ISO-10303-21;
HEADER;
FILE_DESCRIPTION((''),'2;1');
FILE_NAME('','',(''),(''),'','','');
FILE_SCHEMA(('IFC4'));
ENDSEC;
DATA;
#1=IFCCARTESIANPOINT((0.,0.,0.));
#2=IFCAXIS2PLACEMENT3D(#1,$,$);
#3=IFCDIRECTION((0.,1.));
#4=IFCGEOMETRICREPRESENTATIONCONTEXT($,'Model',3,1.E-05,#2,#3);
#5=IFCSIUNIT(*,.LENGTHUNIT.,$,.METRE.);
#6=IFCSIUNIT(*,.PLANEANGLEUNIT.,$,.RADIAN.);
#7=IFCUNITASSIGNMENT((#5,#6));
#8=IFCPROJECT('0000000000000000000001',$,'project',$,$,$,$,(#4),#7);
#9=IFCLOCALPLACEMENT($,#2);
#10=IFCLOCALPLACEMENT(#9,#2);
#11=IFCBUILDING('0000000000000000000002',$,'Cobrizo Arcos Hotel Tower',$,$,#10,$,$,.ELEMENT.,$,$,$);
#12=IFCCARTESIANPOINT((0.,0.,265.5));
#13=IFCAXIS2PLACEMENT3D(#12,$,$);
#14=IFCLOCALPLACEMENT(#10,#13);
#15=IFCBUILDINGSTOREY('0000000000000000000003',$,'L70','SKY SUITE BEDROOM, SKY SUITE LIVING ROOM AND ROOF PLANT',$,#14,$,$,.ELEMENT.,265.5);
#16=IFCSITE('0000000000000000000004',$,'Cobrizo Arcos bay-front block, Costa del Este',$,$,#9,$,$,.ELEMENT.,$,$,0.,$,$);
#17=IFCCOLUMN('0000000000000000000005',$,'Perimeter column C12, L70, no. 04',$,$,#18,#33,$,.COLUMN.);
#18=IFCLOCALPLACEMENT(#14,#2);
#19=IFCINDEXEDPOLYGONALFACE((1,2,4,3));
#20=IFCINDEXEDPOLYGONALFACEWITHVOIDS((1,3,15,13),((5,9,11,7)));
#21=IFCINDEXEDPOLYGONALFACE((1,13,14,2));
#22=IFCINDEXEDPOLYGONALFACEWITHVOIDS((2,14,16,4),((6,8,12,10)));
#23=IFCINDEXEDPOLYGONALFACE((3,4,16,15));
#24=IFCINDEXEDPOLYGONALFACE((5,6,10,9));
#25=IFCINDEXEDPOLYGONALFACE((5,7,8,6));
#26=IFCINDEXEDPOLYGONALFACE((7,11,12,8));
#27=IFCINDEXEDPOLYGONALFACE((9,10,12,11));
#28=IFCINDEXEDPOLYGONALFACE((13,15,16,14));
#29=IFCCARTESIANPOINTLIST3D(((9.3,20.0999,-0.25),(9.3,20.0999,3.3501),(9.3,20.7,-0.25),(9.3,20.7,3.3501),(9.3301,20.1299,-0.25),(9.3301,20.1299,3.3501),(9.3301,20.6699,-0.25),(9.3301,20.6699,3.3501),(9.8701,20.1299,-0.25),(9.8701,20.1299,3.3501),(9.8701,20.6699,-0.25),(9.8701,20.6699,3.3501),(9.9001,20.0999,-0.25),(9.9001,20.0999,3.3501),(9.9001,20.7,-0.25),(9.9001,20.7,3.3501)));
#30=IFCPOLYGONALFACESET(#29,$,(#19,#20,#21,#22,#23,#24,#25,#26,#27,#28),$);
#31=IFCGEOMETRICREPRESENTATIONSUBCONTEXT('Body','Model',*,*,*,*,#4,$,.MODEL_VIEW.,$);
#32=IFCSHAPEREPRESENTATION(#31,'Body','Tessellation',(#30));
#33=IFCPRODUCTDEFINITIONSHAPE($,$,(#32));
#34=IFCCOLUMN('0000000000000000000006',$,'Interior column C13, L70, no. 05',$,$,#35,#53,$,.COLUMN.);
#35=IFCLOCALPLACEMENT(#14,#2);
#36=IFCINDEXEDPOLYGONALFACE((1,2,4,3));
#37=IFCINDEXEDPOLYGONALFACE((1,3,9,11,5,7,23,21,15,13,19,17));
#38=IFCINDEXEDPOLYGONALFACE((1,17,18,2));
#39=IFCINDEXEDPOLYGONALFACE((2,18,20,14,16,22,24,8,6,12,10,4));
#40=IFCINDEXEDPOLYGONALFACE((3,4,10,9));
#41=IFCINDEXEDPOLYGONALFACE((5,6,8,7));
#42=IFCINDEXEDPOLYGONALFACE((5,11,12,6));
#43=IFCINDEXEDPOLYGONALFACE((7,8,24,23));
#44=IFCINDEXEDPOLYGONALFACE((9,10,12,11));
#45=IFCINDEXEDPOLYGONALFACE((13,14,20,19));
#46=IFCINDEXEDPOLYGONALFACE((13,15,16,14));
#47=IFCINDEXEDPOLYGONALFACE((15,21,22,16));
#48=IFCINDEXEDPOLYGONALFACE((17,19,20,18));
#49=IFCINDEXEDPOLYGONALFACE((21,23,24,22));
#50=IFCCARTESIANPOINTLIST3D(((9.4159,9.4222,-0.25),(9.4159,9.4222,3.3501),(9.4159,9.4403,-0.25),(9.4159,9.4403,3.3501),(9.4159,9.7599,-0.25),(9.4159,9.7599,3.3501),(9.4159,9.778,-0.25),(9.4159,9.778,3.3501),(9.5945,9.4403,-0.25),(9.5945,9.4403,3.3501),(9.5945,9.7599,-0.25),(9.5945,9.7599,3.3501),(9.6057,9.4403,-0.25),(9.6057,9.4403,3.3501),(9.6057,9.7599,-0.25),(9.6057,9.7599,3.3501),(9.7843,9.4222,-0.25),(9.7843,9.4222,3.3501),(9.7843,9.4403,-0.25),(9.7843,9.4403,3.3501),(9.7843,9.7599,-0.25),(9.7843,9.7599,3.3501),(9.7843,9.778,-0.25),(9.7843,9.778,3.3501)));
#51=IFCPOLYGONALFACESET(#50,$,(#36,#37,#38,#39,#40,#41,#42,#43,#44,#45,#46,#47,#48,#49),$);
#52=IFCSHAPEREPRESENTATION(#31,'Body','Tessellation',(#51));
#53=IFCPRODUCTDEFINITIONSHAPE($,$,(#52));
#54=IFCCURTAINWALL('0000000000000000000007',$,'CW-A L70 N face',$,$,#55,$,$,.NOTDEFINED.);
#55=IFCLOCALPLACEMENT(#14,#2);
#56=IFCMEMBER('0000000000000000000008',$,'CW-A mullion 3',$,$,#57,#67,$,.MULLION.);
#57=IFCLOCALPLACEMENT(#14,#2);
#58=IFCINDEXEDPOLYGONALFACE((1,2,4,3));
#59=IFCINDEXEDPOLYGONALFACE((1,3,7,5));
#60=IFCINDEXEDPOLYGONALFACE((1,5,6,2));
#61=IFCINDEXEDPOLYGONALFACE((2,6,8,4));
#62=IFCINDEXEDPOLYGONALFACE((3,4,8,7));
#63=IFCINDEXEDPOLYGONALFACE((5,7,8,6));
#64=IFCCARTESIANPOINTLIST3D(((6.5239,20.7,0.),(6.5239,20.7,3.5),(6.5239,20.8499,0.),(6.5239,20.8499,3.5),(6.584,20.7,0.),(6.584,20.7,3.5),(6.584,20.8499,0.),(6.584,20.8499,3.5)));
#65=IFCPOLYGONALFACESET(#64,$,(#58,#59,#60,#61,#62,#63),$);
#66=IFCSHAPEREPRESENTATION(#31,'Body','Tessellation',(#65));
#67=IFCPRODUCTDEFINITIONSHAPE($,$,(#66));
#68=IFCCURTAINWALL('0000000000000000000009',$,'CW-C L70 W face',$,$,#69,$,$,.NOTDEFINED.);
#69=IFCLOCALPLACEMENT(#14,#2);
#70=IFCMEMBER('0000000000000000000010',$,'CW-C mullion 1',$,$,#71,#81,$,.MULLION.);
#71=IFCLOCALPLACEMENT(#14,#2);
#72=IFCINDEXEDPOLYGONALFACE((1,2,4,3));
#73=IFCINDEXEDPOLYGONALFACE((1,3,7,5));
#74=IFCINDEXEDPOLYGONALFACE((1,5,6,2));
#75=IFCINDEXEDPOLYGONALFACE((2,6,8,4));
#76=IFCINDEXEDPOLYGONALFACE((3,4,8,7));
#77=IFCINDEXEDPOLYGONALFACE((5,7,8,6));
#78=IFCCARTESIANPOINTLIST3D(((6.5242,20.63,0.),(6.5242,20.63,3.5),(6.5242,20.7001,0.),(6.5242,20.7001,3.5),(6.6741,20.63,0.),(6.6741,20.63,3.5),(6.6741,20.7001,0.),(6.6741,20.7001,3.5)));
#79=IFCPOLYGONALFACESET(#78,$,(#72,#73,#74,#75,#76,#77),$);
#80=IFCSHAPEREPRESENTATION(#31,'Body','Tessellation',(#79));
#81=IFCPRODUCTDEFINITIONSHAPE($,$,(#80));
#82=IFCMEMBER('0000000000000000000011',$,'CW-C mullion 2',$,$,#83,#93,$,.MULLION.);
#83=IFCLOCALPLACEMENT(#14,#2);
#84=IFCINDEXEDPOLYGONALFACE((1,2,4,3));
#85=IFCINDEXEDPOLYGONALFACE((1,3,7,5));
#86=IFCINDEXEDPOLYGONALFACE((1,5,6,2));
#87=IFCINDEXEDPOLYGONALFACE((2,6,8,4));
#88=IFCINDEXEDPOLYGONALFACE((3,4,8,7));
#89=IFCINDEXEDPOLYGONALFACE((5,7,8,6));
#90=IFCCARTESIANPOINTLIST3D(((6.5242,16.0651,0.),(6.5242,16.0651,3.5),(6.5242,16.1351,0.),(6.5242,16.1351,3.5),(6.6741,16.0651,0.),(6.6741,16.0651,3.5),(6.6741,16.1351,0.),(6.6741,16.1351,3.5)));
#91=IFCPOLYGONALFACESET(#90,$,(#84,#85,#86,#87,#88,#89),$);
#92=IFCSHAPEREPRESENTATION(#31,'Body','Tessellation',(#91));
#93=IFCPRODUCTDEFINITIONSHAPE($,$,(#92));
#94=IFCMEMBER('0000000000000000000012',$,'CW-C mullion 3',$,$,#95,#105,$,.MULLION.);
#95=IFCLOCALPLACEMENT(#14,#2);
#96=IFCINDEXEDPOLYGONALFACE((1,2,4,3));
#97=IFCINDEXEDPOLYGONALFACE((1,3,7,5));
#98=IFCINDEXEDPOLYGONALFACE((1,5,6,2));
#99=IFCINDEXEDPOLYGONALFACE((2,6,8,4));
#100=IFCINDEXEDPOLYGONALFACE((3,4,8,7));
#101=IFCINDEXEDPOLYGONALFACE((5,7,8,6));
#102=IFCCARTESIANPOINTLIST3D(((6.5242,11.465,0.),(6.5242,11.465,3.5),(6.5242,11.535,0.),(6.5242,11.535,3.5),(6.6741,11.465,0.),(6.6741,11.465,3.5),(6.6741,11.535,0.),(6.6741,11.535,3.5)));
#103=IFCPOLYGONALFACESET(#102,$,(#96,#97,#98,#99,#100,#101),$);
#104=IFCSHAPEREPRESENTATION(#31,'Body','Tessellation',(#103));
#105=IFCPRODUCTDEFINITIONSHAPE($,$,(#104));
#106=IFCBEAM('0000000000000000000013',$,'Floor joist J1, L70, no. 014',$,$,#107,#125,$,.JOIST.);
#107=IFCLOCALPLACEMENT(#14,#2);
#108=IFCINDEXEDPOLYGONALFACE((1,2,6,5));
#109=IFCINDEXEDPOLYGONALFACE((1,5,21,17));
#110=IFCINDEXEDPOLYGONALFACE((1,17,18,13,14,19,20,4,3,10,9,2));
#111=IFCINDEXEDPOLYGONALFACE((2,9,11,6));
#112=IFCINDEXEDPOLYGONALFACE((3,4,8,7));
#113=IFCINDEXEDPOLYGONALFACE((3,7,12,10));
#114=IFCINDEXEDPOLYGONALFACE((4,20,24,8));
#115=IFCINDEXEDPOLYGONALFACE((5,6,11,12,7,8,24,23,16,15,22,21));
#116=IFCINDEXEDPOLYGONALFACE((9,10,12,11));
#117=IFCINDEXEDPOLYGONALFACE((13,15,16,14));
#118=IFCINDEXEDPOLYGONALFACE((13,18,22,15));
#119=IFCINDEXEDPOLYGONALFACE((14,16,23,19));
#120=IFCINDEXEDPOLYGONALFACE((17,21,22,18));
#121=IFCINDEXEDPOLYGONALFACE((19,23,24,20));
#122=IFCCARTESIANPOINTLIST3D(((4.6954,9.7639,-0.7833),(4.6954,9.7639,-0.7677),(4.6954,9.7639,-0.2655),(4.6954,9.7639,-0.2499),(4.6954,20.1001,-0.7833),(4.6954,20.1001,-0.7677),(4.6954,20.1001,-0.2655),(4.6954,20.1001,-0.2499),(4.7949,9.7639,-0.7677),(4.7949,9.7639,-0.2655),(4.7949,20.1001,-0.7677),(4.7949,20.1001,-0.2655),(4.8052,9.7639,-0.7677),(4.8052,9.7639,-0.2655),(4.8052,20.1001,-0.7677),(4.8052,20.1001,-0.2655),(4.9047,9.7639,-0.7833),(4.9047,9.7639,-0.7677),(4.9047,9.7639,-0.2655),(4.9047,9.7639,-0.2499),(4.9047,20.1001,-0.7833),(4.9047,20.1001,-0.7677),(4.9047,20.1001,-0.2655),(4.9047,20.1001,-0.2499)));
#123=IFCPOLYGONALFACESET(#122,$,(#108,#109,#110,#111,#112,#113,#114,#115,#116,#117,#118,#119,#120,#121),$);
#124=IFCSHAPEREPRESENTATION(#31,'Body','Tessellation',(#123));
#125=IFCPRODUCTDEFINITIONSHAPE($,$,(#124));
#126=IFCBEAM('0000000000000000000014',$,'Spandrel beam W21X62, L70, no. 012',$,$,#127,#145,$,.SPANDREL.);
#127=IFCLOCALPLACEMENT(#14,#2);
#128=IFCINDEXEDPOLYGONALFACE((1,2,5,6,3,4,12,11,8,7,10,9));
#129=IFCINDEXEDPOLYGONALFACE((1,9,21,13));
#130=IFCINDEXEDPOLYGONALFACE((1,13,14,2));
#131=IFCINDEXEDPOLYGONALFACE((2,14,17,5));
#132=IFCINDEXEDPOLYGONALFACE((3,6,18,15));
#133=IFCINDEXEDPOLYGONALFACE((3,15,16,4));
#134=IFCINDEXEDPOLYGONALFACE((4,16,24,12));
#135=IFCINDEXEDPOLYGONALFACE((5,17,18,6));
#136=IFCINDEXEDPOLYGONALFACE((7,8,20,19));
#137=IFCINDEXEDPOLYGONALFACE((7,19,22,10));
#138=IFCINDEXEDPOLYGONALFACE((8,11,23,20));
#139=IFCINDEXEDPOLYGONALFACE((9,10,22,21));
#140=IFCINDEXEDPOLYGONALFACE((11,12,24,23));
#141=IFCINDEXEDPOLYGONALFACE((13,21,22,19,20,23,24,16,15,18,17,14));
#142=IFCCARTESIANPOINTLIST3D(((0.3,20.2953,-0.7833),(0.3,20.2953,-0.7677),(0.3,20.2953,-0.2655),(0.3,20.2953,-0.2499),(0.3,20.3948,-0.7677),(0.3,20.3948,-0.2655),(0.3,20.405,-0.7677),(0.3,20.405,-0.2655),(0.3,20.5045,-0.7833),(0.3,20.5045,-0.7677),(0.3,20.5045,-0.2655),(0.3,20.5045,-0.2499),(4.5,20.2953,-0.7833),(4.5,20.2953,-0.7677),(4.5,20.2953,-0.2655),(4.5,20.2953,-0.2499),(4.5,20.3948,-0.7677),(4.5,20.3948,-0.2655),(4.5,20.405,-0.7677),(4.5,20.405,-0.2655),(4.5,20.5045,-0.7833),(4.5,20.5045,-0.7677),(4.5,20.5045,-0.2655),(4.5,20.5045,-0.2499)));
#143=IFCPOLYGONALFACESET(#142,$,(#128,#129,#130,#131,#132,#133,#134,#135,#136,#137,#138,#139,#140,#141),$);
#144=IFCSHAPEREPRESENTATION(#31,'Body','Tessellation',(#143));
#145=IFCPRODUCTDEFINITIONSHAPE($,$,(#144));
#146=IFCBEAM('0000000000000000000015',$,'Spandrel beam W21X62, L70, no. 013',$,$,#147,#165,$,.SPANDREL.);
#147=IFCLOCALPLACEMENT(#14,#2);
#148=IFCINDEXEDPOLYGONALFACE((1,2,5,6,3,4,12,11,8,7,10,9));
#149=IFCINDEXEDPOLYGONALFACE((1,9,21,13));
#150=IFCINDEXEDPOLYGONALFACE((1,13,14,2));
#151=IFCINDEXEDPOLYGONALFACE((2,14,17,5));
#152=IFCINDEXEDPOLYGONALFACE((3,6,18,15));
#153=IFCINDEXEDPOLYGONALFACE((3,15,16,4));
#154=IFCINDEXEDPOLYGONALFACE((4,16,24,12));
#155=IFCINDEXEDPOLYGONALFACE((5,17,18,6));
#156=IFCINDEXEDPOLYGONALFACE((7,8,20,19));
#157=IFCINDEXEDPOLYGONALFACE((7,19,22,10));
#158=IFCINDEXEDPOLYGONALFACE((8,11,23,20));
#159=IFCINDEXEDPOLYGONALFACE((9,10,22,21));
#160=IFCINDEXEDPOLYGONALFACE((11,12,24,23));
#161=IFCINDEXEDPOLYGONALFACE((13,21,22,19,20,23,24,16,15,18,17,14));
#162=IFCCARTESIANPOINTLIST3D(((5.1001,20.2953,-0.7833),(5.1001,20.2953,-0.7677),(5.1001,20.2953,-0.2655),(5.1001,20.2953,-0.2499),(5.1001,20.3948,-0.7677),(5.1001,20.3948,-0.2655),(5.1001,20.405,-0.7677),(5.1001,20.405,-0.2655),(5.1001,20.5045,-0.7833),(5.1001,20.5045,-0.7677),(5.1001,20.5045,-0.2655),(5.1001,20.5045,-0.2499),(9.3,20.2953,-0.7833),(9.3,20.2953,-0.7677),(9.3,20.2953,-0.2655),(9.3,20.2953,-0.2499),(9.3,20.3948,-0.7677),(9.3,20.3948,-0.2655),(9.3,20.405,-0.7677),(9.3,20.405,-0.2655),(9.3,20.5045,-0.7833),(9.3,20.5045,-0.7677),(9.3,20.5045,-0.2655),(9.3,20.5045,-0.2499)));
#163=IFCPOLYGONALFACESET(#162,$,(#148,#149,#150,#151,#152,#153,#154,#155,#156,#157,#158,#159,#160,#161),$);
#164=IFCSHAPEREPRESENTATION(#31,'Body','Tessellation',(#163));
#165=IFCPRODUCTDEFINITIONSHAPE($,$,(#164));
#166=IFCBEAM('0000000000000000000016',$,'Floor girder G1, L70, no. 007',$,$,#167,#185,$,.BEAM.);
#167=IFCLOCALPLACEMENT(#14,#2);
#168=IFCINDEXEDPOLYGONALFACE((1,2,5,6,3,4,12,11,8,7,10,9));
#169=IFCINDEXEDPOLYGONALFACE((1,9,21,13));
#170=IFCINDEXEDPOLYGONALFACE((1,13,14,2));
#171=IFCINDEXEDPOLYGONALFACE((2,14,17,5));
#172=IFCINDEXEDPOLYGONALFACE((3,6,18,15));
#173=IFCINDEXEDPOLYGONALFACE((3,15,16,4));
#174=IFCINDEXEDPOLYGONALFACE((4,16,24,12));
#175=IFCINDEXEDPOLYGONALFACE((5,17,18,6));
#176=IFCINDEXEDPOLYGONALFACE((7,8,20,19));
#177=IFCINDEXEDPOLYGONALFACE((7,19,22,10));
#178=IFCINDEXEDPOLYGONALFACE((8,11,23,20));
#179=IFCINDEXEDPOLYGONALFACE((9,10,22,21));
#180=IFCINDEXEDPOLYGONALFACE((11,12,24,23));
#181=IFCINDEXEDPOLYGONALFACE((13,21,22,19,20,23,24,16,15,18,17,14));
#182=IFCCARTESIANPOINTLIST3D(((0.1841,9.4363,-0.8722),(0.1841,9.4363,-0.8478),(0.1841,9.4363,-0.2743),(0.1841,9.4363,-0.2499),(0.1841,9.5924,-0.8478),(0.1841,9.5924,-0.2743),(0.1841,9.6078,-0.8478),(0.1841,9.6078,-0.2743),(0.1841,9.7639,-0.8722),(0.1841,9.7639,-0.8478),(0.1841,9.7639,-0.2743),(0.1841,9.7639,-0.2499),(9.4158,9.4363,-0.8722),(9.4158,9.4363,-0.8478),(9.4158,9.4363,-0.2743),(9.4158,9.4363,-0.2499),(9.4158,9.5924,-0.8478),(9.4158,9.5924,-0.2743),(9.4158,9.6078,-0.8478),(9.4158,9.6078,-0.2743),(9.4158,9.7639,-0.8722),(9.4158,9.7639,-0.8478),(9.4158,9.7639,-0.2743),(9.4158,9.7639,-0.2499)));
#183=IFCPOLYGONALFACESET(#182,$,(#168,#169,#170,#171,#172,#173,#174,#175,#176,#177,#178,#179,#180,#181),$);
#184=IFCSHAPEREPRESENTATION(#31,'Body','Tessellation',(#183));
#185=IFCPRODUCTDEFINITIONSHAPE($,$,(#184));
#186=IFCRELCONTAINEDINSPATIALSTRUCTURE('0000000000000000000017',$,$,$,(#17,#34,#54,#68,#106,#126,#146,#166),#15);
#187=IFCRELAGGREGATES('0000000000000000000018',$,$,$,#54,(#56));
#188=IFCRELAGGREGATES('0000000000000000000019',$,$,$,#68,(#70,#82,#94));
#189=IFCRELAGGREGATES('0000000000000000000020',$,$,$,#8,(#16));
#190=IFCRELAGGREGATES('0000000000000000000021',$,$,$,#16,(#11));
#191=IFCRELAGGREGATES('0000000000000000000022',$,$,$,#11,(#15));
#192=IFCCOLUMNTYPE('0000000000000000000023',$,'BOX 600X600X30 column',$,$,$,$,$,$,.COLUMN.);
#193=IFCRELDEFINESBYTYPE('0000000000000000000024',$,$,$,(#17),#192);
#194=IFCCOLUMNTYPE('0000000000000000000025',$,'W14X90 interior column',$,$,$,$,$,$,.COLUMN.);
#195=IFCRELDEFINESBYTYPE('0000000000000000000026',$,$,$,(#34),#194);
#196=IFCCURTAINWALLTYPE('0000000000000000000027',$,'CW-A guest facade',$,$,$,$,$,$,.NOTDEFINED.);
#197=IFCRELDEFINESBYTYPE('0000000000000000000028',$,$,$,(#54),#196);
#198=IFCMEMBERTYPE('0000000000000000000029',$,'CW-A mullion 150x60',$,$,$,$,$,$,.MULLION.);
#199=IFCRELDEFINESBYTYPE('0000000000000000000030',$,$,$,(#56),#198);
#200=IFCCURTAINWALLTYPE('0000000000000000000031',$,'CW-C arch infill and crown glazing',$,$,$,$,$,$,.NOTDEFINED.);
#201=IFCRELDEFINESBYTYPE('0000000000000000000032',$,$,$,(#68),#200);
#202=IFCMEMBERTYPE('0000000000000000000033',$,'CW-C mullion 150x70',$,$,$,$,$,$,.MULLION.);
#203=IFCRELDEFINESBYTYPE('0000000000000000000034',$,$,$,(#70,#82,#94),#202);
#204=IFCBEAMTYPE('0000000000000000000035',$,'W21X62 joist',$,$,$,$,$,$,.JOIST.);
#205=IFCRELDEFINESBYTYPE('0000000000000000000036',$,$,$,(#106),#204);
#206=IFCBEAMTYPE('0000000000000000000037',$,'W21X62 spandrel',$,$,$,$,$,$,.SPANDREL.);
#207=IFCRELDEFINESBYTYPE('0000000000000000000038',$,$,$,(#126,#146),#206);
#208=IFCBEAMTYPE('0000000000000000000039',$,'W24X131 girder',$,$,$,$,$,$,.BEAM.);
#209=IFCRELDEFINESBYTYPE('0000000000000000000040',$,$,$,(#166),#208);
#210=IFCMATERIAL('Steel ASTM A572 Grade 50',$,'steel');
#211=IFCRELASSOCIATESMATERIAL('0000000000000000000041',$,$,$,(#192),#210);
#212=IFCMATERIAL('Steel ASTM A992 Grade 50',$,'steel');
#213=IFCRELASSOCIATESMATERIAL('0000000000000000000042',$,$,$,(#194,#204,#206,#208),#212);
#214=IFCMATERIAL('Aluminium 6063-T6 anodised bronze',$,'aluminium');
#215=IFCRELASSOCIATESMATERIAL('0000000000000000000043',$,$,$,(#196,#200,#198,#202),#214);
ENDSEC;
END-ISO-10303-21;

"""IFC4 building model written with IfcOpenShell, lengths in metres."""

from ifc_helpers import new_model, si_unit, direction, frame, origin, origin_2d, place, context, subcontext, project, spatial, rectangle, hollow_rectangle, i_section, extrude, material, material_profile, profile_set, type_object, element, aggregate, save


model = new_model("IFC4")

# Units and contexts
model_context = context("Model", 3, precision=1e-05, world=origin(), true_north=direction((0.0, 1.0)))
body_context = subcontext(model_context, "Body", "Model", "MODEL_VIEW")
ifc_project = project(units=[si_unit("LENGTHUNIT", "METRE"), si_unit("PLANEANGLEUNIT", "RADIAN")], contexts=[model_context])

# Site, building, storey
site_placement = place(None, origin())
site = spatial("IfcSite", under=ifc_project, at=site_placement, Name="Cobrizo Arcos bay-front block, Costa del Este", CompositionType="ELEMENT", RefElevation=0.0)
building_placement = place(site_placement, origin())
building = spatial("IfcBuilding", under=site, at=building_placement, Name="Cobrizo Arcos Hotel Tower", CompositionType="ELEMENT")
storey_placement = place(building_placement, frame((0.0, 0.0, 265.5)))
storey = spatial("IfcBuildingStorey", under=building, at=storey_placement, Name="L70", Description="SKY SUITE BEDROOM, SKY SUITE LIVING ROOM AND ROOF PLANT", CompositionType="ELEMENT", Elevation=265.5)

# Columns
ifc_material_1 = material(Name="Steel ASTM A572 Grade 50", Category="steel")
ifc_material_profile_1 = material_profile(ifc_material_1, hollow_rectangle(XDim=0.6001, YDim=0.6001, WallThickness=0.03, at=origin_2d()), Name="BOX 600X600X30")
ifc_profile_set_1 = profile_set([ifc_material_profile_1], Name="Steel ASTM A572 Grade 50")
column_type_1 = type_object("IfcColumnType", Name="BOX 600X600X30 column", PredefinedType="COLUMN", material=ifc_profile_set_1)
column_1_placement = place(storey_placement, frame((9.6001, 20.3999, -0.25), z_axis=(0.0, 0.0, 1.0), x_axis=(1.0, 0.0, 0.0)))
element("IfcColumn", 1, at=column_1_placement, inside=storey, type_object=column_type_1, Name="Perimeter column C12, L70, no. 04", PredefinedType="COLUMN", context=body_context, shape_type="SweptSolid", body=[
    extrude(hollow_rectangle(XDim=0.6001, YDim=0.6001, WallThickness=0.03, at=origin_2d()), origin(), (0.0, 0.0, 1.0), 3.6001),
])
ifc_material_2 = material(Name="Steel ASTM A992 Grade 50", Category="steel")
ifc_material_profile_2 = material_profile(ifc_material_2, i_section(OverallWidth=0.3684, OverallDepth=0.3557, WebThickness=0.0112, FlangeThickness=0.0181, at=origin_2d()), Name="W14X90")
ifc_profile_set_2 = profile_set([ifc_material_profile_2], Name="Steel ASTM A992 Grade 50")
column_type_2 = type_object("IfcColumnType", Name="W14X90 interior column", PredefinedType="COLUMN", material=ifc_profile_set_2)
column_2_placement = place(storey_placement, frame((9.6001, 9.6001, -0.25), z_axis=(0.0, 0.0, 1.0), x_axis=(1.0, 0.0, 0.0)))
element("IfcColumn", 2, at=column_2_placement, inside=storey, type_object=column_type_2, Name="Interior column C13, L70, no. 05", PredefinedType="COLUMN", context=body_context, shape_type="SweptSolid", body=[
    extrude(i_section(OverallWidth=0.3684, OverallDepth=0.3557, WebThickness=0.0112, FlangeThickness=0.0181, at=origin_2d()), origin(), (0.0, 0.0, 1.0), 3.6001),
])

# Curtain wall, member
ifc_material_3 = material(Name="Aluminium 6063-T6 anodised bronze", Category="aluminium")
curtain_wall_type_1 = type_object("IfcCurtainWallType", Name="CW-A guest facade", PredefinedType="NOTDEFINED", material=ifc_material_3)
curtain_wall_1_placement = place(storey_placement, origin())
curtain_wall_1 = element("IfcCurtainWall", 3, at=curtain_wall_1_placement, inside=storey, type_object=curtain_wall_type_1, Name="CW-A L70 N face", PredefinedType="NOTDEFINED")
ifc_material_profile_3 = material_profile(ifc_material_3, rectangle(XDim=0.1499, YDim=0.0601, at=origin_2d()), Name="CW-A mullion 150x60")
ifc_profile_set_3 = profile_set([ifc_material_profile_3], Name="Aluminium 6063-T6 anodised bronze")
member_type_1 = type_object("IfcMemberType", Name="CW-A mullion 150x60", PredefinedType="MULLION", material=ifc_profile_set_3)
member_1_placement = place(storey_placement, frame((6.554, 20.7749, 0.0), z_axis=(0.0, 0.0, 1.0), x_axis=(0.0, 1.0, 0.0)))
member_1 = element("IfcMember", 4, at=member_1_placement, type_object=member_type_1, Name="CW-A mullion 3", PredefinedType="MULLION", context=body_context, shape_type="SweptSolid", body=[
    extrude(rectangle(XDim=0.1499, YDim=0.0601, at=origin_2d()), origin(), (0.0, 0.0, 1.0), 3.5),
])

# Curtain wall, members
curtain_wall_type_2 = type_object("IfcCurtainWallType", Name="CW-C arch infill and crown glazing", PredefinedType="NOTDEFINED", material=ifc_material_3)
curtain_wall_2_placement = place(storey_placement, origin())
curtain_wall_2 = element("IfcCurtainWall", 5, at=curtain_wall_2_placement, inside=storey, type_object=curtain_wall_type_2, Name="CW-C L70 W face", PredefinedType="NOTDEFINED")
ifc_material_profile_4 = material_profile(ifc_material_3, rectangle(XDim=0.1499, YDim=0.0701, at=origin_2d()), Name="CW-C mullion 150x70")
ifc_profile_set_4 = profile_set([ifc_material_profile_4], Name="Aluminium 6063-T6 anodised bronze")
member_type_2 = type_object("IfcMemberType", Name="CW-C mullion 150x70", PredefinedType="MULLION", material=ifc_profile_set_4)
member_2_placement = place(storey_placement, frame((6.5991, 20.665, 0.0), z_axis=(0.0, 0.0, 1.0), x_axis=(-1.0, 0.0, 0.0)))
member_2 = element("IfcMember", 6, at=member_2_placement, type_object=member_type_2, Name="CW-C mullion 1", PredefinedType="MULLION", context=body_context, shape_type="SweptSolid", body=[
    extrude(rectangle(XDim=0.1499, YDim=0.0701, at=origin_2d()), origin(), (0.0, 0.0, 1.0), 3.5),
])
member_3_placement = place(storey_placement, frame((6.5991, 16.1001, 0.0), z_axis=(0.0, 0.0, 1.0), x_axis=(-1.0, 0.0, 0.0)))
member_3 = element("IfcMember", 7, at=member_3_placement, type_object=member_type_2, Name="CW-C mullion 2", PredefinedType="MULLION", context=body_context, shape_type="SweptSolid", body=[
    extrude(rectangle(XDim=0.1499, YDim=0.0701, at=origin_2d()), origin(), (0.0, 0.0, 1.0), 3.5),
])
member_4_placement = place(storey_placement, frame((6.5991, 11.5, 0.0), z_axis=(0.0, 0.0, 1.0), x_axis=(-1.0, 0.0, 0.0)))
member_4 = element("IfcMember", 8, at=member_4_placement, type_object=member_type_2, Name="CW-C mullion 3", PredefinedType="MULLION", context=body_context, shape_type="SweptSolid", body=[
    extrude(rectangle(XDim=0.1499, YDim=0.0701, at=origin_2d()), origin(), (0.0, 0.0, 1.0), 3.5),
])

# Beams
ifc_material_profile_5 = material_profile(ifc_material_2, i_section(OverallWidth=0.2092, OverallDepth=0.5334, WebThickness=0.0103, FlangeThickness=0.0156, at=origin_2d()), Name="W21X62")
ifc_profile_set_5 = profile_set([ifc_material_profile_5], Name="Steel ASTM A992 Grade 50")
beam_type_1 = type_object("IfcBeamType", Name="W21X62 joist", PredefinedType="JOIST", material=ifc_profile_set_5)
beam_1_placement = place(storey_placement, frame((4.8, 9.7639, -0.5166), z_axis=(0.0, 1.0, 0.0), x_axis=(-1.0, 0.0, 0.0)))
element("IfcBeam", 9, at=beam_1_placement, inside=storey, type_object=beam_type_1, Name="Floor joist J1, L70, no. 014", PredefinedType="JOIST", context=body_context, shape_type="SweptSolid", body=[
    extrude(i_section(OverallWidth=0.2092, OverallDepth=0.5334, WebThickness=0.0103, FlangeThickness=0.0156, at=origin_2d()), origin(), (0.0, 0.0, 1.0), 10.3362),
])
ifc_material_profile_6 = material_profile(ifc_material_2, i_section(OverallWidth=0.2092, OverallDepth=0.5334, WebThickness=0.0103, FlangeThickness=0.0156, at=origin_2d()), Name="W21X62")
ifc_profile_set_6 = profile_set([ifc_material_profile_6], Name="Steel ASTM A992 Grade 50")
beam_type_2 = type_object("IfcBeamType", Name="W21X62 spandrel", PredefinedType="SPANDREL", material=ifc_profile_set_6)
for number, where, z_axis, x_axis, name in (
    (10, (0.3, 20.3999, -0.5166), (1.0, 0.0, 0.0), (0.0, 1.0, 0.0), "Spandrel beam W21X62, L70, no. 012"),
    (11, (5.1001, 20.3999, -0.5166), (1.0, 0.0, 0.0), (0.0, 1.0, 0.0), "Spandrel beam W21X62, L70, no. 013"),
):
    element("IfcBeam", number, at=place(storey_placement, frame(where, z_axis=z_axis, x_axis=x_axis)), inside=storey, type_object=beam_type_2, Name=name, PredefinedType="SPANDREL", context=body_context, shape_type="SweptSolid", body=[
        extrude(i_section(OverallWidth=0.2092, OverallDepth=0.5334, WebThickness=0.0103, FlangeThickness=0.0156, at=origin_2d()), origin(), (0.0, 0.0, 1.0), 4.2),
    ])
ifc_material_profile_7 = material_profile(ifc_material_2, i_section(OverallWidth=0.3276, OverallDepth=0.6223, WebThickness=0.0154, FlangeThickness=0.0244, at=origin_2d()), Name="W24X131")
ifc_profile_set_7 = profile_set([ifc_material_profile_7], Name="Steel ASTM A992 Grade 50")
beam_type_3 = type_object("IfcBeamType", Name="W24X131 girder", PredefinedType="BEAM", material=ifc_profile_set_7)
beam_2_placement = place(storey_placement, frame((0.1841, 9.6001, -0.561), z_axis=(1.0, 0.0, 0.0), x_axis=(0.0, 1.0, 0.0)))
element("IfcBeam", 12, at=beam_2_placement, inside=storey, type_object=beam_type_3, Name="Floor girder G1, L70, no. 007", PredefinedType="BEAM", context=body_context, shape_type="SweptSolid", body=[
    extrude(i_section(OverallWidth=0.3276, OverallDepth=0.6223, WebThickness=0.0154, FlangeThickness=0.0244, at=origin_2d()), origin(), (0.0, 0.0, 1.0), 9.2317),
])

aggregate(curtain_wall_1, [member_1])
aggregate(curtain_wall_2, [member_2, member_3, member_4])

save(model, "model.ifc")
